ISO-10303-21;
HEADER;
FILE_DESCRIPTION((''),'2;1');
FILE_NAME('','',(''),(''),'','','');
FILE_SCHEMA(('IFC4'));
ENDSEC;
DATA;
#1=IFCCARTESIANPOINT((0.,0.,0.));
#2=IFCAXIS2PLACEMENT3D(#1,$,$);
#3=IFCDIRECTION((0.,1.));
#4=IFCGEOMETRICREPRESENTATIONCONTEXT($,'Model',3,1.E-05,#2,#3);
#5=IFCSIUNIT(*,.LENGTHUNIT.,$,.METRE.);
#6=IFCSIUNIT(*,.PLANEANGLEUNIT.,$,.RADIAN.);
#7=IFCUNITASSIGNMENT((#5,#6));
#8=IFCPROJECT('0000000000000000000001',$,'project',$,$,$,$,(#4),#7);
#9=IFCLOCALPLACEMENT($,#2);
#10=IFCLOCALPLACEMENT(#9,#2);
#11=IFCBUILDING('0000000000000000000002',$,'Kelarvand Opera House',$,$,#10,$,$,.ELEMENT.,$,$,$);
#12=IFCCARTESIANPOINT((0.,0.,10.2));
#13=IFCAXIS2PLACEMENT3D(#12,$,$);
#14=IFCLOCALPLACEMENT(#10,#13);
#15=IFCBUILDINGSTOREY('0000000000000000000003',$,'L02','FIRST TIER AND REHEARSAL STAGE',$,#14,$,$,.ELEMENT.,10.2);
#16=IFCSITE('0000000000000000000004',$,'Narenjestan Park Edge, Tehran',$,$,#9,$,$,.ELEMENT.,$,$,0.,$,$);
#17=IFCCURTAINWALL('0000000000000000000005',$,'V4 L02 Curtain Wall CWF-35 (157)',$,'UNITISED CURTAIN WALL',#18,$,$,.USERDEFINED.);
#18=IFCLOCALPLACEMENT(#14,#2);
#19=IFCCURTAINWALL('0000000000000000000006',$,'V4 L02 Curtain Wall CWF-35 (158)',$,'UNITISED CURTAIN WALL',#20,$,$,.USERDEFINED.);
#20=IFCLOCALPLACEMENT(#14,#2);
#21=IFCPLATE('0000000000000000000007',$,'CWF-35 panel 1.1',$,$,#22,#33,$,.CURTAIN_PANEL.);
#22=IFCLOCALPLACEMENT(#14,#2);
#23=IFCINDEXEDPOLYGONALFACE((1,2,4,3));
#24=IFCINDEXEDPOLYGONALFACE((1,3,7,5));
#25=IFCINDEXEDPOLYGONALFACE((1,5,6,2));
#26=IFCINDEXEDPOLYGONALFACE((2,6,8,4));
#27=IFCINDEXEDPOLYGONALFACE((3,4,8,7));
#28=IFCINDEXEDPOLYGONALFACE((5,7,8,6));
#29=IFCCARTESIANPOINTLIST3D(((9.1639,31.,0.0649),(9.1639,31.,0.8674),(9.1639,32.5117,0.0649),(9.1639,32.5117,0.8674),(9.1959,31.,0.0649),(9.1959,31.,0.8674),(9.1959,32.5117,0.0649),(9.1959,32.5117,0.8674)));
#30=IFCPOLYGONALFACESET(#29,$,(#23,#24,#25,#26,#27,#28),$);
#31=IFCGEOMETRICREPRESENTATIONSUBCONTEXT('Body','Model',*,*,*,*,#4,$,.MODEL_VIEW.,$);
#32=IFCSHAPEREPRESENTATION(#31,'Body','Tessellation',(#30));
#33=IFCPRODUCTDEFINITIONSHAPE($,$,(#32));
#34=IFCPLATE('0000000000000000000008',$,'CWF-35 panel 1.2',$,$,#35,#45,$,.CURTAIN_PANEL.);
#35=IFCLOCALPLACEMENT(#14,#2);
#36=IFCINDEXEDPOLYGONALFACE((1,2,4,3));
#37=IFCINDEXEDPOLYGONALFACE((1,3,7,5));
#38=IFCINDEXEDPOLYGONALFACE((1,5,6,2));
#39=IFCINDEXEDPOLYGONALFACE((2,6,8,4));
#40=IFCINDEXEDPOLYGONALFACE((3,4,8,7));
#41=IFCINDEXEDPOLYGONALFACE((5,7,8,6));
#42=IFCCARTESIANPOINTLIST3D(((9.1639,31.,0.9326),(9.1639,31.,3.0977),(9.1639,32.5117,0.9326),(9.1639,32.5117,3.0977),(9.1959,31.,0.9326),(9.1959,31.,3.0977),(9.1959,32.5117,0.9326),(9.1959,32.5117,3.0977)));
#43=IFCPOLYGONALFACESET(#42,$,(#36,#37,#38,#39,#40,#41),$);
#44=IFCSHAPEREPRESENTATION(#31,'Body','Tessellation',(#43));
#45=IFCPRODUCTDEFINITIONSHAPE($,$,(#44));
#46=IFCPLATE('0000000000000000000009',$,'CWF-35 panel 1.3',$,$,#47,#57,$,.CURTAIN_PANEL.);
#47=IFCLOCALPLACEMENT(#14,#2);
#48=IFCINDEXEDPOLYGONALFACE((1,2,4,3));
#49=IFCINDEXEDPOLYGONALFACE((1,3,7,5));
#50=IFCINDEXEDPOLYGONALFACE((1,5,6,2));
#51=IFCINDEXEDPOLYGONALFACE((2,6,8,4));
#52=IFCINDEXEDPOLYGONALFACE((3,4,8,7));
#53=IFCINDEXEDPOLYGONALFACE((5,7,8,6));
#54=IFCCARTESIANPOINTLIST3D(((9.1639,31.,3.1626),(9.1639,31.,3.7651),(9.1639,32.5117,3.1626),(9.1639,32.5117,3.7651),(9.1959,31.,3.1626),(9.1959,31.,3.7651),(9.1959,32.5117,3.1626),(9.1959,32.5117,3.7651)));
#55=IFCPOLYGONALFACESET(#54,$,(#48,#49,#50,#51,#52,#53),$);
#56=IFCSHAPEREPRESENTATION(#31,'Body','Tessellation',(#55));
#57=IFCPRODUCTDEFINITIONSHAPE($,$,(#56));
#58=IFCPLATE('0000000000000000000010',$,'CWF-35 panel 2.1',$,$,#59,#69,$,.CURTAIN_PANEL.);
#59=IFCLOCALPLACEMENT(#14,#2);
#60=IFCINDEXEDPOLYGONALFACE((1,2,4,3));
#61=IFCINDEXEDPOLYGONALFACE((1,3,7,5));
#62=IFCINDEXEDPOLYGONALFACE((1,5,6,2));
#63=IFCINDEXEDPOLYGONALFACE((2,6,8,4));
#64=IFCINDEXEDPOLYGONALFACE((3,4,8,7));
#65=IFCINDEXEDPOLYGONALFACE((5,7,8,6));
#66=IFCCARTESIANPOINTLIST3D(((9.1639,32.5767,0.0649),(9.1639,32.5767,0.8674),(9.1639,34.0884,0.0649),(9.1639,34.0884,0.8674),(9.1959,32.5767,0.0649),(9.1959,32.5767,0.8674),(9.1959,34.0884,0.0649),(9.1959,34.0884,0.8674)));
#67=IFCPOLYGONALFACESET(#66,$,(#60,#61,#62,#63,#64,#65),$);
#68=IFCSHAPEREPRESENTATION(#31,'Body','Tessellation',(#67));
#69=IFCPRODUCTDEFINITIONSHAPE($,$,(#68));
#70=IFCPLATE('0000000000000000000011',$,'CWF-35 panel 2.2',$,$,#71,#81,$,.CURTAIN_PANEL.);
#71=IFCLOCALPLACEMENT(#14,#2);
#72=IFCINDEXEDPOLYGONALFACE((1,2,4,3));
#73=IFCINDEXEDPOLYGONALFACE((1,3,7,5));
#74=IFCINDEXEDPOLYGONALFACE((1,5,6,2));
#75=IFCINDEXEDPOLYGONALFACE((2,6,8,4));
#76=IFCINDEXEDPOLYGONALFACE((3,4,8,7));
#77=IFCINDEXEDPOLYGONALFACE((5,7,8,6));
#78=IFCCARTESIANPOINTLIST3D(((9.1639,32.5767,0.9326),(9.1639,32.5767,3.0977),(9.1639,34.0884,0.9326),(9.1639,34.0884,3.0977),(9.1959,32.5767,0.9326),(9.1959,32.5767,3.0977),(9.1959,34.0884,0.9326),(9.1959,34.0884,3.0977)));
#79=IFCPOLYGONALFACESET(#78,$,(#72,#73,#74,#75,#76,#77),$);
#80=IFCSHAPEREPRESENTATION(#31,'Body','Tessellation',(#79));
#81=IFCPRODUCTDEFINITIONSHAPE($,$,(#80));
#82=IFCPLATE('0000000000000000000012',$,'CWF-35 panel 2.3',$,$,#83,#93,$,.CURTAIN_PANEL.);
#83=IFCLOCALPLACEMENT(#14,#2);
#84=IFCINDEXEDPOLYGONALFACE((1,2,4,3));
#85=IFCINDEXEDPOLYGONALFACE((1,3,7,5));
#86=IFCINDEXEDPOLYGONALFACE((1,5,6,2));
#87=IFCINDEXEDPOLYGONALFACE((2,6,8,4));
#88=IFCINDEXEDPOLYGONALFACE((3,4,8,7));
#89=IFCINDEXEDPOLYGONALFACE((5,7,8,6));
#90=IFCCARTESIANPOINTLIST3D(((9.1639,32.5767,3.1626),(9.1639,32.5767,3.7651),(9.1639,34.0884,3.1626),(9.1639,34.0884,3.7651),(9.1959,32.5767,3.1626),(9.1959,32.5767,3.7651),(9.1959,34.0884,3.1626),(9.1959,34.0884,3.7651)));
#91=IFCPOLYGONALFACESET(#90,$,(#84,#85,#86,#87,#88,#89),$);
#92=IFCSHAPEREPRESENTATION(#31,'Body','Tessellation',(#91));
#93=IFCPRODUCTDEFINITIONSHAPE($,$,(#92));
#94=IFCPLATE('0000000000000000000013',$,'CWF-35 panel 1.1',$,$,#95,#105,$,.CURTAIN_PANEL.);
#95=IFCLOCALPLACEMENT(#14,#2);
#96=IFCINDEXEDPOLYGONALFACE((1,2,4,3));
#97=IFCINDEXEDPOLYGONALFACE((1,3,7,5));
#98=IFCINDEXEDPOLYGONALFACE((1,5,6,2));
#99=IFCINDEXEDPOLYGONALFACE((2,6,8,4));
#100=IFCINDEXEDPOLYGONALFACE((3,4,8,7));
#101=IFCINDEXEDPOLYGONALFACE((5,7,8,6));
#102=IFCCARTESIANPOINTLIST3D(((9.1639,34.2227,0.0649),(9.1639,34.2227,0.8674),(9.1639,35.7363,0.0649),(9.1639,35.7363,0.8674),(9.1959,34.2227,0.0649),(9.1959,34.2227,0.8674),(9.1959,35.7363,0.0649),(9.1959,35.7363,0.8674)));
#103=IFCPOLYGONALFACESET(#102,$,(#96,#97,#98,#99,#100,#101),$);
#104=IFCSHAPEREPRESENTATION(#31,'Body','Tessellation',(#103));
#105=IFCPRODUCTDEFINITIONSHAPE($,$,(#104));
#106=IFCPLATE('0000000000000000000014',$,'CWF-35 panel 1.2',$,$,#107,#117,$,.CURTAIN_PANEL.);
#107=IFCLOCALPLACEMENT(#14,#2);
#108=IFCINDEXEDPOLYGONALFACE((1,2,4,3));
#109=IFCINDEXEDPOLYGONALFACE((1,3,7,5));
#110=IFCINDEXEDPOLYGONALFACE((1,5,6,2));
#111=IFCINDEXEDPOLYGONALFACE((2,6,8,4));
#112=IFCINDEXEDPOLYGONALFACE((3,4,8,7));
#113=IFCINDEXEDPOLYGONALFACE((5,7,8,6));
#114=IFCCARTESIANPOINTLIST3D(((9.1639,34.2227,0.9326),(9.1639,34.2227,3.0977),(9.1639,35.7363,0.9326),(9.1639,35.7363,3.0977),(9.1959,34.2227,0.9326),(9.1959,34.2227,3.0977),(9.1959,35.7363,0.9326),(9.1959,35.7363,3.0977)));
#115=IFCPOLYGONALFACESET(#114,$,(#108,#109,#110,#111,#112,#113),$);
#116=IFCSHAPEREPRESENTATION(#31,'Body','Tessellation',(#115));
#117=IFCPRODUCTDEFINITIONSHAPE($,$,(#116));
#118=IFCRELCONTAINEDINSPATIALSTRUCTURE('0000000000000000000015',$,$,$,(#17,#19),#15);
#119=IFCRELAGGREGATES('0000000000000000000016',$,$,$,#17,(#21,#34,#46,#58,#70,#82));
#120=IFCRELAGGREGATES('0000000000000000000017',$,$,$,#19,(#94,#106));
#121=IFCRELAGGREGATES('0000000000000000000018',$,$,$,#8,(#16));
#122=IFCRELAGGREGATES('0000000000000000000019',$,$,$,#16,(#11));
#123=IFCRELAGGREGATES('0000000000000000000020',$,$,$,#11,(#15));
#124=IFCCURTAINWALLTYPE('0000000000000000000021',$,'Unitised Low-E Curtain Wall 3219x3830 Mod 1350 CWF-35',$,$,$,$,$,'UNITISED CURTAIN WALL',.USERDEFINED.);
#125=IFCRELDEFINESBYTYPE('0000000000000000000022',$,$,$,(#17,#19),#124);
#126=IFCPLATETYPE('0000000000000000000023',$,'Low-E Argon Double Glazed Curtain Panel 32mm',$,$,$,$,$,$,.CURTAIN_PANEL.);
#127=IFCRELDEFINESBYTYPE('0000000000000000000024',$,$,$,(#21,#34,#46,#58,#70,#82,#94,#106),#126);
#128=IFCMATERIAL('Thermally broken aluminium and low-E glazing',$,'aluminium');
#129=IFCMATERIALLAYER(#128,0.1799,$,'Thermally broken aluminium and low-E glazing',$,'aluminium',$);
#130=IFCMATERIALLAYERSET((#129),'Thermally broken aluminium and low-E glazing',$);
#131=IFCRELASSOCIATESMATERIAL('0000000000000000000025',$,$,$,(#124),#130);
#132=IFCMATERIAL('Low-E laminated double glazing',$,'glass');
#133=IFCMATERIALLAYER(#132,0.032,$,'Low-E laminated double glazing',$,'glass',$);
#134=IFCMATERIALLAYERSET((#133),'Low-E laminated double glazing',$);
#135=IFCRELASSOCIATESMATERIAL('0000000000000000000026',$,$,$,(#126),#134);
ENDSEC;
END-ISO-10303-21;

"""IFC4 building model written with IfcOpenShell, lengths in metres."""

from ifc_helpers import new_model, si_unit, direction, frame, origin, origin_2d, place, context, subcontext, project, spatial, rectangle, extrude, material, layer, layer_set, type_object, element, aggregate, save


model = new_model("IFC4")

# Units and contexts
model_context = context("Model", 3, precision=1e-05, world=origin(), true_north=direction((0.0, 1.0)))
body_context = subcontext(model_context, "Body", "Model", "MODEL_VIEW")
ifc_project = project(units=[si_unit("LENGTHUNIT", "METRE"), si_unit("PLANEANGLEUNIT", "RADIAN")], contexts=[model_context])

# Site, building, storey
site_placement = place(None, origin())
site = spatial("IfcSite", under=ifc_project, at=site_placement, Name="Narenjestan Park Edge, Tehran", CompositionType="ELEMENT", RefElevation=0.0)
building_placement = place(site_placement, origin())
building = spatial("IfcBuilding", under=site, at=building_placement, Name="Kelarvand Opera House", CompositionType="ELEMENT")
storey_placement = place(building_placement, frame((0.0, 0.0, 10.2)))
storey = spatial("IfcBuildingStorey", under=building, at=storey_placement, Name="L02", Description="FIRST TIER AND REHEARSAL STAGE", CompositionType="ELEMENT", Elevation=10.2)

# Curtain wall
ifc_material_1 = material(Name="Thermally broken aluminium and low-E glazing", Category="aluminium")
ifc_layer_1 = layer(ifc_material_1, 0.1799, Name="Thermally broken aluminium and low-E glazing", Category="aluminium")
ifc_layer_set_1 = layer_set([ifc_layer_1], Name="Thermally broken aluminium and low-E glazing")
curtain_wall_type = type_object("IfcCurtainWallType", Name="Unitised Low-E Curtain Wall 3219x3830 Mod 1350 CWF-35", ElementType="UNITISED CURTAIN WALL", PredefinedType="USERDEFINED", material=ifc_layer_set_1)
curtain_wall_1_placement = place(storey_placement, origin())
curtain_wall_1 = element("IfcCurtainWall", 1, at=curtain_wall_1_placement, inside=storey, type_object=curtain_wall_type, Name="V4 L02 Curtain Wall CWF-35 (157)", ObjectType="UNITISED CURTAIN WALL", PredefinedType="USERDEFINED")

# Curtain wall
curtain_wall_2_placement = place(storey_placement, origin())
curtain_wall_2 = element("IfcCurtainWall", 2, at=curtain_wall_2_placement, inside=storey, type_object=curtain_wall_type, Name="V4 L02 Curtain Wall CWF-35 (158)", ObjectType="UNITISED CURTAIN WALL", PredefinedType="USERDEFINED")

# Plates
ifc_material_2 = material(Name="Low-E laminated double glazing", Category="glass")
ifc_layer_2 = layer(ifc_material_2, 0.032, Name="Low-E laminated double glazing", Category="glass")
ifc_layer_set_2 = layer_set([ifc_layer_2], Name="Low-E laminated double glazing")
plate_type = type_object("IfcPlateType", Name="Low-E Argon Double Glazed Curtain Panel 32mm", PredefinedType="CURTAIN_PANEL", material=ifc_layer_set_2)
plate_1_placement = place(storey_placement, frame((9.1799, 31.7559, 0.0649), z_axis=(0.0, 0.0, 1.0), x_axis=(0.0, 1.0, 0.0)))
plate_1 = element("IfcPlate", 3, at=plate_1_placement, type_object=plate_type, Name="CWF-35 panel 1.1", PredefinedType="CURTAIN_PANEL", context=body_context, shape_type="SweptSolid", body=[
    extrude(rectangle(XDim=1.5117, YDim=0.032, at=origin_2d()), origin(), (0.0, 0.0, 1.0), 0.8025),
])
plate_2_placement = place(storey_placement, frame((9.1799, 31.7559, 0.9326), z_axis=(0.0, 0.0, 1.0), x_axis=(0.0, 1.0, 0.0)))
plate_2 = element("IfcPlate", 4, at=plate_2_placement, type_object=plate_type, Name="CWF-35 panel 1.2", PredefinedType="CURTAIN_PANEL", context=body_context, shape_type="SweptSolid", body=[
    extrude(rectangle(XDim=1.5117, YDim=0.032, at=origin_2d()), origin(), (0.0, 0.0, 1.0), 2.165),
])
plate_3_placement = place(storey_placement, frame((9.1799, 31.7559, 3.1626), z_axis=(0.0, 0.0, 1.0), x_axis=(0.0, 1.0, 0.0)))
plate_3 = element("IfcPlate", 5, at=plate_3_placement, type_object=plate_type, Name="CWF-35 panel 1.3", PredefinedType="CURTAIN_PANEL", context=body_context, shape_type="SweptSolid", body=[
    extrude(rectangle(XDim=1.5117, YDim=0.032, at=origin_2d()), origin(), (0.0, 0.0, 1.0), 0.6025),
])
plate_4_placement = place(storey_placement, frame((9.1799, 33.3325, 0.0649), z_axis=(0.0, 0.0, 1.0), x_axis=(0.0, 1.0, 0.0)))
plate_4 = element("IfcPlate", 6, at=plate_4_placement, type_object=plate_type, Name="CWF-35 panel 2.1", PredefinedType="CURTAIN_PANEL", context=body_context, shape_type="SweptSolid", body=[
    extrude(rectangle(XDim=1.5117, YDim=0.032, at=origin_2d()), origin(), (0.0, 0.0, 1.0), 0.8025),
])
plate_5_placement = place(storey_placement, frame((9.1799, 33.3325, 0.9326), z_axis=(0.0, 0.0, 1.0), x_axis=(0.0, 1.0, 0.0)))
plate_5 = element("IfcPlate", 7, at=plate_5_placement, type_object=plate_type, Name="CWF-35 panel 2.2", PredefinedType="CURTAIN_PANEL", context=body_context, shape_type="SweptSolid", body=[
    extrude(rectangle(XDim=1.5117, YDim=0.032, at=origin_2d()), origin(), (0.0, 0.0, 1.0), 2.165),
])
plate_6_placement = place(storey_placement, frame((9.1799, 33.3325, 3.1626), z_axis=(0.0, 0.0, 1.0), x_axis=(0.0, 1.0, 0.0)))
plate_6 = element("IfcPlate", 8, at=plate_6_placement, type_object=plate_type, Name="CWF-35 panel 2.3", PredefinedType="CURTAIN_PANEL", context=body_context, shape_type="SweptSolid", body=[
    extrude(rectangle(XDim=1.5117, YDim=0.032, at=origin_2d()), origin(), (0.0, 0.0, 1.0), 0.6025),
])
aggregate(curtain_wall_1, [plate_1, plate_2, plate_3, plate_4, plate_5, plate_6])
plate_7_placement = place(storey_placement, frame((9.1799, 34.9795, 0.0649), z_axis=(0.0, 0.0, 1.0), x_axis=(0.0, 1.0, 0.0)))
plate_7 = element("IfcPlate", 9, at=plate_7_placement, type_object=plate_type, Name="CWF-35 panel 1.1", PredefinedType="CURTAIN_PANEL", context=body_context, shape_type="SweptSolid", body=[
    extrude(rectangle(XDim=1.5137, YDim=0.032, at=origin_2d()), origin(), (0.0, 0.0, 1.0), 0.8025),
])
plate_8_placement = place(storey_placement, frame((9.1799, 34.9795, 0.9326), z_axis=(0.0, 0.0, 1.0), x_axis=(0.0, 1.0, 0.0)))
plate_8 = element("IfcPlate", 10, at=plate_8_placement, type_object=plate_type, Name="CWF-35 panel 1.2", PredefinedType="CURTAIN_PANEL", context=body_context, shape_type="SweptSolid", body=[
    extrude(rectangle(XDim=1.5137, YDim=0.032, at=origin_2d()), origin(), (0.0, 0.0, 1.0), 2.165),
])
aggregate(curtain_wall_2, [plate_7, plate_8])

save(model, "model.ifc")
